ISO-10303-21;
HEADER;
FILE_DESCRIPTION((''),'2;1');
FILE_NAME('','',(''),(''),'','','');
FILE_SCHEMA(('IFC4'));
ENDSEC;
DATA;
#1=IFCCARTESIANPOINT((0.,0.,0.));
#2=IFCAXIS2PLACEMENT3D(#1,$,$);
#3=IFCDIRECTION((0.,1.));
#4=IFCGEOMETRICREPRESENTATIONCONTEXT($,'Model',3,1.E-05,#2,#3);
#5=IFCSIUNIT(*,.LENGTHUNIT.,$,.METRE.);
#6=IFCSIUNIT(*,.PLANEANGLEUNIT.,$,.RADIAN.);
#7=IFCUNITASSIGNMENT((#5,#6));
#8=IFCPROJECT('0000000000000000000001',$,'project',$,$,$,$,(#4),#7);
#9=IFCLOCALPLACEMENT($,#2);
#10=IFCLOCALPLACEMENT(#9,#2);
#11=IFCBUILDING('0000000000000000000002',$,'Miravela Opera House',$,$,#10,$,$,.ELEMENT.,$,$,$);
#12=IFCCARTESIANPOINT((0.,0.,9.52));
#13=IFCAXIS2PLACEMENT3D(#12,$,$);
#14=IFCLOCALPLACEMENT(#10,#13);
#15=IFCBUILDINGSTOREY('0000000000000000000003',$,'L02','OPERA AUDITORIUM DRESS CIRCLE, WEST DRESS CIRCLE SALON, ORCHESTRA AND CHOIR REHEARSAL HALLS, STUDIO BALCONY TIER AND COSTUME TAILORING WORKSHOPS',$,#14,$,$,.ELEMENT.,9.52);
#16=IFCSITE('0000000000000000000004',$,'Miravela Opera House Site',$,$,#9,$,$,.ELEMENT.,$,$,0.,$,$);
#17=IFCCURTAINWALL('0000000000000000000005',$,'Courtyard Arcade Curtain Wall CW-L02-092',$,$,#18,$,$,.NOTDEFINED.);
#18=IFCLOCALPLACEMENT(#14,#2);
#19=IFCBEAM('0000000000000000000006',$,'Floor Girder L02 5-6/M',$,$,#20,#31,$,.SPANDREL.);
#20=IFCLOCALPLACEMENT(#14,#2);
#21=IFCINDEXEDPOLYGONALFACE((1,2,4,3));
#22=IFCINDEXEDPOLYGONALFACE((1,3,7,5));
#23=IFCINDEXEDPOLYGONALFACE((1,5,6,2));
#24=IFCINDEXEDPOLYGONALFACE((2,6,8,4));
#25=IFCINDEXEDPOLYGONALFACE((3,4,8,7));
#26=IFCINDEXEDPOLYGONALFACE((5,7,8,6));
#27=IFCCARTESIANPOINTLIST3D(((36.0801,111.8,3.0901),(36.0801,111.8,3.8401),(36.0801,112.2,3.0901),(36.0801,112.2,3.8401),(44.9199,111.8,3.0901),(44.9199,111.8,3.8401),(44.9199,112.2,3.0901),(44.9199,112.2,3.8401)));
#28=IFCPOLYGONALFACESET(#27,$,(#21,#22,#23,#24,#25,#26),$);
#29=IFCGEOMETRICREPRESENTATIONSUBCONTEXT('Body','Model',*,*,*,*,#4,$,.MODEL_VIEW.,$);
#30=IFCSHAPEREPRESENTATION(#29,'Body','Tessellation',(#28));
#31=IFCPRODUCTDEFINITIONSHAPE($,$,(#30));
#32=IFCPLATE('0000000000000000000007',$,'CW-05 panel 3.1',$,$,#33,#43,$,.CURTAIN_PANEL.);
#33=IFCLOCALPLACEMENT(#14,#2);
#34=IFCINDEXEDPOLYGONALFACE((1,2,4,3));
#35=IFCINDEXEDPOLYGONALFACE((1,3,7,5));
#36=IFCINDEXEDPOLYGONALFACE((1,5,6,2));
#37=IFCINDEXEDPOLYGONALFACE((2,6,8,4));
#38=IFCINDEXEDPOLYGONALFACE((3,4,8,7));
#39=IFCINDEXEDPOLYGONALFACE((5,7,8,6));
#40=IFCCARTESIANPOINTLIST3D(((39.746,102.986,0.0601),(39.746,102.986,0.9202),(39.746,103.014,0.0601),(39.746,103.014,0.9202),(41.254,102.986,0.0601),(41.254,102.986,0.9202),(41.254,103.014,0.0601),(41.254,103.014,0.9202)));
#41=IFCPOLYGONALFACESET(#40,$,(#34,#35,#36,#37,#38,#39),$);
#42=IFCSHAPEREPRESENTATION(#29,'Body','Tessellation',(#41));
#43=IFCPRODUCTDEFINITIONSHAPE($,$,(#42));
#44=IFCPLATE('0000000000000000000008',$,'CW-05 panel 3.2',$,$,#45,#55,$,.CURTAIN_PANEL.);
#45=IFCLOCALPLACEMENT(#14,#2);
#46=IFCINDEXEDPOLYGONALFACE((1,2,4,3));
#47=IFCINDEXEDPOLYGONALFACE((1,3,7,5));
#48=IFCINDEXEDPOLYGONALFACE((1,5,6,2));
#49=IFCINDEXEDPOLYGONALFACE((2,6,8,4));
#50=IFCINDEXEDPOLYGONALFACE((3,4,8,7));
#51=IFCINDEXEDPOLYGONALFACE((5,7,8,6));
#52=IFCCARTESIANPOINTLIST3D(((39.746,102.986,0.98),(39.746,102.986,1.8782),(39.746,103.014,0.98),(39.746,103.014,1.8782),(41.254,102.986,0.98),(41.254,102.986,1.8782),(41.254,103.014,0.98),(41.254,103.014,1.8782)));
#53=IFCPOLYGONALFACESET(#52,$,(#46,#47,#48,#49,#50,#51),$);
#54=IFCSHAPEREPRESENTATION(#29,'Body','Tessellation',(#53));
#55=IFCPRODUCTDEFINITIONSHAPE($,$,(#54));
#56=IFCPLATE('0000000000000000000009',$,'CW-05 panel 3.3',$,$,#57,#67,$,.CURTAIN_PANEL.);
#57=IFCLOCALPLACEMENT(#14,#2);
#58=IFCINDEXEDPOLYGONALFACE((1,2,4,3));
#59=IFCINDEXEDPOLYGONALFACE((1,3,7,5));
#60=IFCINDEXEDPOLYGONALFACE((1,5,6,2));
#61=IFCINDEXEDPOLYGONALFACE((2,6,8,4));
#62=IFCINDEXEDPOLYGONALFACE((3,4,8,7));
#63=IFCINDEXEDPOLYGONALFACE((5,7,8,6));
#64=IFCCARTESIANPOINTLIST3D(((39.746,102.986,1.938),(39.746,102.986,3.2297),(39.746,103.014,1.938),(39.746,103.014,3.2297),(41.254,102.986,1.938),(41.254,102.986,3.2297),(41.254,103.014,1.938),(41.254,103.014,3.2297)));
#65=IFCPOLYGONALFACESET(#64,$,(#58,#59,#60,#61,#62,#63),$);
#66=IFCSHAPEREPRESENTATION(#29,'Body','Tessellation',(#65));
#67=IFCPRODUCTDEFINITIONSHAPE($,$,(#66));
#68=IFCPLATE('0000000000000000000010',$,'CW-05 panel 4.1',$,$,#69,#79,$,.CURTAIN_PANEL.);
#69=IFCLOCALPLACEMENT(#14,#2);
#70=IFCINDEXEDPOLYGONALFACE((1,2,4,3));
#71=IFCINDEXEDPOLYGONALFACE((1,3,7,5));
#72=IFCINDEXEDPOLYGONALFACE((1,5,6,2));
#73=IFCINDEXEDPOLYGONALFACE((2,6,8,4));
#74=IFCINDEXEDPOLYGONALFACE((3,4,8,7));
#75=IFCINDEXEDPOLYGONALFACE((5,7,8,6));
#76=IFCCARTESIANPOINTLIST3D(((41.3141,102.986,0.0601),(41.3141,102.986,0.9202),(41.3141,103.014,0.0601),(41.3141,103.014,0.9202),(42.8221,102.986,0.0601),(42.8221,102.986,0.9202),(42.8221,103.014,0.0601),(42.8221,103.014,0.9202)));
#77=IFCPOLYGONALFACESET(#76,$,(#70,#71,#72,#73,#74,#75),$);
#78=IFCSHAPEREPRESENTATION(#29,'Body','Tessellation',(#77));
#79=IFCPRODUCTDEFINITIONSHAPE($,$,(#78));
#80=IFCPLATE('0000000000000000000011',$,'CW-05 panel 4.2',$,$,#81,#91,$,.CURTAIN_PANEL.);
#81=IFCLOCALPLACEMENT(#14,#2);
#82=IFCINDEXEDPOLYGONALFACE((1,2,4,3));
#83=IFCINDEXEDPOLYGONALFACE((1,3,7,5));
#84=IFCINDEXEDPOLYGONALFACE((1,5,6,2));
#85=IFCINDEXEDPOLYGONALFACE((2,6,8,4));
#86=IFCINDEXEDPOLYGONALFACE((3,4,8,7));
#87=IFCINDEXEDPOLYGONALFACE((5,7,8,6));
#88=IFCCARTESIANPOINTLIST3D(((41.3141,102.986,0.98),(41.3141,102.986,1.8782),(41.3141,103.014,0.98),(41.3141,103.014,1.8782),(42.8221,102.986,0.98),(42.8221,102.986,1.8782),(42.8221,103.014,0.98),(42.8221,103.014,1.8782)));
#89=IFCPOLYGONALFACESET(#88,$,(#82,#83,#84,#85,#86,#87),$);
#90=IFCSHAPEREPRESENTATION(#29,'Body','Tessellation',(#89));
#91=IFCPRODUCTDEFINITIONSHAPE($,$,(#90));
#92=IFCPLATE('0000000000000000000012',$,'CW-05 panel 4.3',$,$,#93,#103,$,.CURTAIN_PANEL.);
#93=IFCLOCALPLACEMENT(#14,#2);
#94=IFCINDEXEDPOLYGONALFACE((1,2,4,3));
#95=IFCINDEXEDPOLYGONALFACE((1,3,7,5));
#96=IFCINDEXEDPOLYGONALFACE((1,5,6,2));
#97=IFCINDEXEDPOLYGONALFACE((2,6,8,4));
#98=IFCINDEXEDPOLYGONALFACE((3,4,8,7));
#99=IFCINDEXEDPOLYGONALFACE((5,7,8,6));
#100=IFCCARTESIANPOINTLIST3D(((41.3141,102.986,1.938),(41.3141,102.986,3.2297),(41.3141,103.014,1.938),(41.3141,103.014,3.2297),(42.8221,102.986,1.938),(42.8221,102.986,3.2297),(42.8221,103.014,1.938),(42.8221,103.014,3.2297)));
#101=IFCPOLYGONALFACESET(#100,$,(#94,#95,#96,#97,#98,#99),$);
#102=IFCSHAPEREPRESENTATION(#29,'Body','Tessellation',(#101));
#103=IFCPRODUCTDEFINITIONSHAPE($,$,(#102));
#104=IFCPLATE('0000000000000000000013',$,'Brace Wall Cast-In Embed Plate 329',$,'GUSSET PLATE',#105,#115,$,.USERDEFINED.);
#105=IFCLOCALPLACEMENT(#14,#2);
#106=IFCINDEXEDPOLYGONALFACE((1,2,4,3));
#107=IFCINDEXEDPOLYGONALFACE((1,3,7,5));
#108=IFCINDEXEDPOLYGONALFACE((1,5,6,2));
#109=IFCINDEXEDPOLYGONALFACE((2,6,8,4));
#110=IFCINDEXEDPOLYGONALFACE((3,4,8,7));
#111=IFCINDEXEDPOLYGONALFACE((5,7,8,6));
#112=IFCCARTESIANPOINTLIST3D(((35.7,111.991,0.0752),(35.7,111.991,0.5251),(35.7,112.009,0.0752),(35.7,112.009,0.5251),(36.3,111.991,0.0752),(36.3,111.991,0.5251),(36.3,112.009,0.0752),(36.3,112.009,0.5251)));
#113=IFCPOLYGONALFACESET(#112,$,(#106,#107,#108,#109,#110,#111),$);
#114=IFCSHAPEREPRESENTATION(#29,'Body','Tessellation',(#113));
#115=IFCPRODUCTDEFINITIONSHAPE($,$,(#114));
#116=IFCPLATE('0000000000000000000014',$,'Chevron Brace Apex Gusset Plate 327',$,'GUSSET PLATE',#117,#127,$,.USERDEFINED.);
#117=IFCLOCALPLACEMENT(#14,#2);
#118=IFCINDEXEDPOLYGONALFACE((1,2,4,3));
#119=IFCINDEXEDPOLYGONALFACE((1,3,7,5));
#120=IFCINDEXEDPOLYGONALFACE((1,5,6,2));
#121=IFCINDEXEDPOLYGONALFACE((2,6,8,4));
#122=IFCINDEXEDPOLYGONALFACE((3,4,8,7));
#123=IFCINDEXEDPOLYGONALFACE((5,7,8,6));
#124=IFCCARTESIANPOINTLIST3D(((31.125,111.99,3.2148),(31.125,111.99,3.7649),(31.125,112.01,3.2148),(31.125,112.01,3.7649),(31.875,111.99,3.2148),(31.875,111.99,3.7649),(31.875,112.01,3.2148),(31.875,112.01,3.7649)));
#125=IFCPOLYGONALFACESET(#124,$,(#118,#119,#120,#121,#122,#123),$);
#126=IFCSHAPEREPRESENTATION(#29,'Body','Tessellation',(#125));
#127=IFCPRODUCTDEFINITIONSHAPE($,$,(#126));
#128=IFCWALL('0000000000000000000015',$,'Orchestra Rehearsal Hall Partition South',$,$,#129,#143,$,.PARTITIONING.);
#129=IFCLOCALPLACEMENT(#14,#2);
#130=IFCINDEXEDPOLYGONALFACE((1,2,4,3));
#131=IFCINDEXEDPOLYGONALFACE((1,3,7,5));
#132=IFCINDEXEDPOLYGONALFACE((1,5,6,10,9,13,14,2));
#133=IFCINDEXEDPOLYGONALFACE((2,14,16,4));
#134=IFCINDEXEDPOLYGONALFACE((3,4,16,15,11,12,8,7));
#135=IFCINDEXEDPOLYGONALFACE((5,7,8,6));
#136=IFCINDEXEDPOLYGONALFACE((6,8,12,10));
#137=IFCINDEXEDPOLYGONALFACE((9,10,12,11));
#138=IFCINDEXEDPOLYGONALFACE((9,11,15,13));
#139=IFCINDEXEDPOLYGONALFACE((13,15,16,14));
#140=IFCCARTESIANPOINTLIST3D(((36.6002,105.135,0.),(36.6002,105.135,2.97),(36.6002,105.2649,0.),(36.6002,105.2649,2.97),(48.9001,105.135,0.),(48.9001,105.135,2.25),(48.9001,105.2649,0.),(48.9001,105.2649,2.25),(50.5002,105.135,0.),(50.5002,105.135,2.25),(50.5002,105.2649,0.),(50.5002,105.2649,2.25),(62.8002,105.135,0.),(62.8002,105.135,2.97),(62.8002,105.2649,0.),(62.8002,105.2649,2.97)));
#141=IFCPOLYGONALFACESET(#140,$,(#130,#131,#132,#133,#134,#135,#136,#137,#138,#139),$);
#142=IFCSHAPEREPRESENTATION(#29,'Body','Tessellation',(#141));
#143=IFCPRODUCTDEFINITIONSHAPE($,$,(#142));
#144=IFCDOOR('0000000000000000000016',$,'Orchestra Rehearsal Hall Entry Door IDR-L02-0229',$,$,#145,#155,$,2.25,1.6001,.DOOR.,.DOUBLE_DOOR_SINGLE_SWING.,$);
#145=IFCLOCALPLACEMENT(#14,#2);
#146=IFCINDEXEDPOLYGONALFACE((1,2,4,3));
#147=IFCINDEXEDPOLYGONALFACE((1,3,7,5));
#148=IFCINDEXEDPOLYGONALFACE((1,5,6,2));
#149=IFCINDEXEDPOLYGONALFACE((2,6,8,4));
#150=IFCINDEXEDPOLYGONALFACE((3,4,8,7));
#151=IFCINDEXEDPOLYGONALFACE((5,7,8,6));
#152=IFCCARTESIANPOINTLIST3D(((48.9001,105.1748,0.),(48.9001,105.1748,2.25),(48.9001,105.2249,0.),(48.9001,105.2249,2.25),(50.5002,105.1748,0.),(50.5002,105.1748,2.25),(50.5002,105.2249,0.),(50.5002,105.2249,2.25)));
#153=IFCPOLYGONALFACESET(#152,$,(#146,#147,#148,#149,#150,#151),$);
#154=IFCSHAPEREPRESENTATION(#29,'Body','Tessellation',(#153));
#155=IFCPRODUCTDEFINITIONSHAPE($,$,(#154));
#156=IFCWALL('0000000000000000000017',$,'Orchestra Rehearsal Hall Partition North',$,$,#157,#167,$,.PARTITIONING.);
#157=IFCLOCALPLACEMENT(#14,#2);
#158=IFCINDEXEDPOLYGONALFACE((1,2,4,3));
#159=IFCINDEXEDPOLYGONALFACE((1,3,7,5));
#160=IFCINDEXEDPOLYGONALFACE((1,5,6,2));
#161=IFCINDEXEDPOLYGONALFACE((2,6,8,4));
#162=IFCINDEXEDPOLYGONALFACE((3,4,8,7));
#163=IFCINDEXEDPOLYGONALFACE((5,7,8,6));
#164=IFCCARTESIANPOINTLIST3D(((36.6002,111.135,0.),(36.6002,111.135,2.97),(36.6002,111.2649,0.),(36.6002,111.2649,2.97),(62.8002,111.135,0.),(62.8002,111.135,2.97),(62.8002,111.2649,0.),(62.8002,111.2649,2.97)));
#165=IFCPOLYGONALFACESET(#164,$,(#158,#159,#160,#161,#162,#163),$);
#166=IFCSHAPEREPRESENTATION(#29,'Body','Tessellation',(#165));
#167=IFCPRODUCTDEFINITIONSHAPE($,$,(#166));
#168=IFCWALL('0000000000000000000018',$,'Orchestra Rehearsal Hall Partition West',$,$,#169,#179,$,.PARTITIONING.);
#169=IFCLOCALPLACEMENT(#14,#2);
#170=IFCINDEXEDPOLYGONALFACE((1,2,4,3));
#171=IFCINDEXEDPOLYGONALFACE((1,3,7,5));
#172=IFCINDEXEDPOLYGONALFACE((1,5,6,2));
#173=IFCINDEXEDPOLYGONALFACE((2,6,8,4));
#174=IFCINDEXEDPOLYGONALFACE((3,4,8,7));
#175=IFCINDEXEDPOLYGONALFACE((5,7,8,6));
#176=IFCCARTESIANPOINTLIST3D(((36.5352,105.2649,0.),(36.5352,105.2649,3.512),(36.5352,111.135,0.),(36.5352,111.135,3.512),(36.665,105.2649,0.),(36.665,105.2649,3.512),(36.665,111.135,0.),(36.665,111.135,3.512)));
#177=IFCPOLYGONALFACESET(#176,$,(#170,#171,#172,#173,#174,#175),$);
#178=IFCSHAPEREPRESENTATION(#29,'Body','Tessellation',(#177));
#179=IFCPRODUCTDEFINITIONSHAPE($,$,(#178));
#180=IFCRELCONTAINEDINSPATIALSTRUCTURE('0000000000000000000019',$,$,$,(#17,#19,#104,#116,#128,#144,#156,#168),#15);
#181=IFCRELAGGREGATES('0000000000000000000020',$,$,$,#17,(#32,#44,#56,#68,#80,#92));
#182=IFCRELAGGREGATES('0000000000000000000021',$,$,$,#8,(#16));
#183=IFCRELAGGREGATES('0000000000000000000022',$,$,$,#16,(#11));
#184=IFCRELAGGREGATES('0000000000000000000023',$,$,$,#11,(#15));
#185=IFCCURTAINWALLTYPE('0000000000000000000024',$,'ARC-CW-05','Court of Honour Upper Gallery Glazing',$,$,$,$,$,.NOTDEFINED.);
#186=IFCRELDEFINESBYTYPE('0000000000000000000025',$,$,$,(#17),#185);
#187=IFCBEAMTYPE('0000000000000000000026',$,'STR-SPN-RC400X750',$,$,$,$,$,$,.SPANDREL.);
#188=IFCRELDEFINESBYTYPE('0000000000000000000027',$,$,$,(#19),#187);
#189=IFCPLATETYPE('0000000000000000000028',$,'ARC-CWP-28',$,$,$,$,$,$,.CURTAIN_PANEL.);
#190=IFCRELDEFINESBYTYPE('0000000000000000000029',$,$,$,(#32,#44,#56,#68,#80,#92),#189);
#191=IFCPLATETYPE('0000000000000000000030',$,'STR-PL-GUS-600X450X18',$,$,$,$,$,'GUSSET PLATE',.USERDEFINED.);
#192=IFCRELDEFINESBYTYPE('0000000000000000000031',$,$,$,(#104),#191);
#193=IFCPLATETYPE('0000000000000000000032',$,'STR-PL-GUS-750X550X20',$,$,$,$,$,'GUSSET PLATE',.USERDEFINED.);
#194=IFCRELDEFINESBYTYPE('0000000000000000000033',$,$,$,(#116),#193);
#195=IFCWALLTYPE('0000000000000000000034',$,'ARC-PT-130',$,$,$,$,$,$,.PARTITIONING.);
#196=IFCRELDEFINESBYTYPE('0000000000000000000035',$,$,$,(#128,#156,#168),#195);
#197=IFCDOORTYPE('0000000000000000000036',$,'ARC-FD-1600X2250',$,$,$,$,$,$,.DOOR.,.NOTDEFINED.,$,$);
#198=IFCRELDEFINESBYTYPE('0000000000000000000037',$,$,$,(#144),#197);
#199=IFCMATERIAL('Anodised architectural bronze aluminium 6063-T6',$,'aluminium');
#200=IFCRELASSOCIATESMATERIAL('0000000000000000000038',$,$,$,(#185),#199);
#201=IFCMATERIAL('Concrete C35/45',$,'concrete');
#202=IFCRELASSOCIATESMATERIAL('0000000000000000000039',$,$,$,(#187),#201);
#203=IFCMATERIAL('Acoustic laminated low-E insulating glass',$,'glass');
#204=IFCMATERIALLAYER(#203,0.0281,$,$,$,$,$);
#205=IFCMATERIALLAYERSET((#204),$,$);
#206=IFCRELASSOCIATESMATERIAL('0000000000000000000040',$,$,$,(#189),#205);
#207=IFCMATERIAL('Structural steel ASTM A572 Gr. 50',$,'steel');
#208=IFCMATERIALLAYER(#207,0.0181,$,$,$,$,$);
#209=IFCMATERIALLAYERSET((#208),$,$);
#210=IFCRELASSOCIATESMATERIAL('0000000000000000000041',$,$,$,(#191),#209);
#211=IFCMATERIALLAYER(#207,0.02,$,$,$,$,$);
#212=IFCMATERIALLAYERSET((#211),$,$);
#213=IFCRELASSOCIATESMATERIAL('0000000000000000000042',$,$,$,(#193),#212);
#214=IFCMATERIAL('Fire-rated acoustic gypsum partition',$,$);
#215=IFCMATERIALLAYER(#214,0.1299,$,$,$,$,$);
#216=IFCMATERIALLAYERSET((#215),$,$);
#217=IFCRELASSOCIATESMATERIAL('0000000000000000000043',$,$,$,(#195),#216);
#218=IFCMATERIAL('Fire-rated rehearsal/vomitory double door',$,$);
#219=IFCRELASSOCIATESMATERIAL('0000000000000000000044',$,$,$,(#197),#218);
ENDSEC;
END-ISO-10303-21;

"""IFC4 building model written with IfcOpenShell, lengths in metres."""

from ifc_helpers import new_model, si_unit, direction, frame, frame_2d, origin, origin_2d, place, context, subcontext, project, spatial, rectangle, extrude, material, layer, layer_set, material_profile, profile_set, type_object, element, fill, aggregate, save


model = new_model("IFC4")

# Units and contexts
model_context = context("Model", 3, precision=1e-05, world=origin(), true_north=direction((0.0, 1.0)))
body_context = subcontext(model_context, "Body", "Model", "MODEL_VIEW")
ifc_project = project(units=[si_unit("LENGTHUNIT", "METRE"), si_unit("PLANEANGLEUNIT", "RADIAN")], contexts=[model_context])

# Site, building, storey
site_placement = place(None, origin())
site = spatial("IfcSite", under=ifc_project, at=site_placement, Name="Miravela Opera House Site", CompositionType="ELEMENT", RefElevation=0.0)
building_placement = place(site_placement, origin())
building = spatial("IfcBuilding", under=site, at=building_placement, Name="Miravela Opera House", CompositionType="ELEMENT")
storey_placement = place(building_placement, frame((0.0, 0.0, 9.52)))
storey = spatial("IfcBuildingStorey", under=building, at=storey_placement, Name="L02", Description="OPERA AUDITORIUM DRESS CIRCLE, WEST DRESS CIRCLE SALON, ORCHESTRA AND CHOIR REHEARSAL HALLS, STUDIO BALCONY TIER AND COSTUME TAILORING WORKSHOPS", CompositionType="ELEMENT", Elevation=9.52)

# Shared definitions
ifc_material_1 = material(Name="Concrete C35/45", Category="concrete")

# Curtain wall
ifc_material_2 = material(Name="Anodised architectural bronze aluminium 6063-T6", Category="aluminium")
curtain_wall_type = type_object("IfcCurtainWallType", Name="ARC-CW-05", Description="Court of Honour Upper Gallery Glazing", PredefinedType="NOTDEFINED", material=ifc_material_2)
curtain_wall_placement = place(storey_placement, origin())
curtain_wall = element("IfcCurtainWall", 1, at=curtain_wall_placement, inside=storey, type_object=curtain_wall_type, Name="Courtyard Arcade Curtain Wall CW-L02-092", PredefinedType="NOTDEFINED")

# Beam
ifc_material_profile_1 = material_profile(ifc_material_1, rectangle(XDim=0.3999, YDim=0.75, at=origin_2d()), Name="RC-SPN-400X750")
ifc_profile_set_1 = profile_set([ifc_material_profile_1])
beam_type_1 = type_object("IfcBeamType", Name="STR-SPN-RC400X750", PredefinedType="SPANDREL", material=ifc_profile_set_1)
beam_1_placement = place(storey_placement, frame((36.0801, 112.0, 3.4651), z_axis=(1.0, 0.0, 0.0), x_axis=(0.0, 1.0, 0.0)))
element("IfcBeam", 2, at=beam_1_placement, inside=storey, type_object=beam_type_1, Name="Floor Girder L02 5-6/M", PredefinedType="SPANDREL", context=body_context, shape_type="SweptSolid", body=[
    extrude(rectangle(XDim=0.3999, YDim=0.75, at=origin_2d()), origin(), (0.0, 0.0, 1.0), 8.8398),
])

# Plates
ifc_material_3 = material(Name="Acoustic laminated low-E insulating glass", Category="glass")
ifc_layer_1 = layer(ifc_material_3, 0.0281)
ifc_layer_set_1 = layer_set([ifc_layer_1])
plate_type_1 = type_object("IfcPlateType", Name="ARC-CWP-28", PredefinedType="CURTAIN_PANEL", material=ifc_layer_set_1)
plate_1_placement = place(storey_placement, frame((40.5, 103.0, 0.0601), z_axis=(0.0, 0.0, 1.0), x_axis=(1.0, 0.0, 0.0)))
plate_1 = element("IfcPlate", 3, at=plate_1_placement, type_object=plate_type_1, Name="CW-05 panel 3.1", PredefinedType="CURTAIN_PANEL", context=body_context, shape_type="SweptSolid", body=[
    extrude(rectangle(XDim=1.5081, YDim=0.0281, at=origin_2d()), origin(), (0.0, 0.0, 1.0), 0.8601),
])
plate_2_placement = place(storey_placement, frame((40.5, 103.0, 0.98), z_axis=(0.0, 0.0, 1.0), x_axis=(1.0, 0.0, 0.0)))
plate_2 = element("IfcPlate", 4, at=plate_2_placement, type_object=plate_type_1, Name="CW-05 panel 3.2", PredefinedType="CURTAIN_PANEL", context=body_context, shape_type="SweptSolid", body=[
    extrude(rectangle(XDim=1.5081, YDim=0.0281, at=origin_2d()), origin(), (0.0, 0.0, 1.0), 0.8982),
])
plate_3_placement = place(storey_placement, frame((40.5, 103.0, 1.938), z_axis=(0.0, 0.0, 1.0), x_axis=(1.0, 0.0, 0.0)))
plate_3 = element("IfcPlate", 5, at=plate_3_placement, type_object=plate_type_1, Name="CW-05 panel 3.3", PredefinedType="CURTAIN_PANEL", context=body_context, shape_type="SweptSolid", body=[
    extrude(rectangle(XDim=1.5081, YDim=0.0281, at=origin_2d()), origin(), (0.0, 0.0, 1.0), 1.2917),
])
plate_4_placement = place(storey_placement, frame((42.0681, 103.0, 0.0601), z_axis=(0.0, 0.0, 1.0), x_axis=(1.0, 0.0, 0.0)))
plate_4 = element("IfcPlate", 6, at=plate_4_placement, type_object=plate_type_1, Name="CW-05 panel 4.1", PredefinedType="CURTAIN_PANEL", context=body_context, shape_type="SweptSolid", body=[
    extrude(rectangle(XDim=1.5081, YDim=0.0281, at=origin_2d()), origin(), (0.0, 0.0, 1.0), 0.8601),
])
plate_5_placement = place(storey_placement, frame((42.0681, 103.0, 0.98), z_axis=(0.0, 0.0, 1.0), x_axis=(1.0, 0.0, 0.0)))
plate_5 = element("IfcPlate", 7, at=plate_5_placement, type_object=plate_type_1, Name="CW-05 panel 4.2", PredefinedType="CURTAIN_PANEL", context=body_context, shape_type="SweptSolid", body=[
    extrude(rectangle(XDim=1.5081, YDim=0.0281, at=origin_2d()), origin(), (0.0, 0.0, 1.0), 0.8982),
])
plate_6_placement = place(storey_placement, frame((42.0681, 103.0, 1.938), z_axis=(0.0, 0.0, 1.0), x_axis=(1.0, 0.0, 0.0)))
plate_6 = element("IfcPlate", 8, at=plate_6_placement, type_object=plate_type_1, Name="CW-05 panel 4.3", PredefinedType="CURTAIN_PANEL", context=body_context, shape_type="SweptSolid", body=[
    extrude(rectangle(XDim=1.5081, YDim=0.0281, at=origin_2d()), origin(), (0.0, 0.0, 1.0), 1.2917),
])
aggregate(curtain_wall, [plate_1, plate_2, plate_3, plate_4, plate_5, plate_6])

# Plates
ifc_material_4 = material(Name="Structural steel ASTM A572 Gr. 50", Category="steel")
ifc_layer_2 = layer(ifc_material_4, 0.0181)
ifc_layer_set_2 = layer_set([ifc_layer_2])
plate_type_2 = type_object("IfcPlateType", Name="STR-PL-GUS-600X450X18", ElementType="GUSSET PLATE", PredefinedType="USERDEFINED", material=ifc_layer_set_2)
plate_7_placement = place(storey_placement, frame((36.0, 112.0, 0.0752), z_axis=(0.0, 0.0, 1.0), x_axis=(1.0, 0.0, 0.0)))
element("IfcPlate", 9, at=plate_7_placement, inside=storey, type_object=plate_type_2, Name="Brace Wall Cast-In Embed Plate 329", ObjectType="GUSSET PLATE", PredefinedType="USERDEFINED", context=body_context, shape_type="SweptSolid", body=[
    extrude(rectangle(XDim=0.6001, YDim=0.0181, at=origin_2d()), origin(), (0.0, 0.0, 1.0), 0.45),
])
ifc_layer_3 = layer(ifc_material_4, 0.02)
ifc_layer_set_3 = layer_set([ifc_layer_3])
plate_type_3 = type_object("IfcPlateType", Name="STR-PL-GUS-750X550X20", ElementType="GUSSET PLATE", PredefinedType="USERDEFINED", material=ifc_layer_set_3)
plate_8_placement = place(storey_placement, frame((31.5, 112.0, 3.2148), z_axis=(0.0, 0.0, 1.0), x_axis=(1.0, 0.0, 0.0)))
element("IfcPlate", 10, at=plate_8_placement, inside=storey, type_object=plate_type_3, Name="Chevron Brace Apex Gusset Plate 327", ObjectType="GUSSET PLATE", PredefinedType="USERDEFINED", context=body_context, shape_type="SweptSolid", body=[
    extrude(rectangle(XDim=0.75, YDim=0.02, at=origin_2d()), origin(), (0.0, 0.0, 1.0), 0.55),
])

# Wall, opening, door
ifc_material_5 = material(Name="Fire-rated acoustic gypsum partition")
ifc_layer_4 = layer(ifc_material_5, 0.1299)
ifc_layer_set_4 = layer_set([ifc_layer_4])
wall_type = type_object("IfcWallType", Name="ARC-PT-130", PredefinedType="PARTITIONING", material=ifc_layer_set_4)
wall_1_placement = place(storey_placement, frame((36.6001, 105.2, 0.0), z_axis=(0.0, 0.0, 1.0), x_axis=(1.0, 0.0, 0.0)))
wall_1 = element("IfcWall", 11, at=wall_1_placement, inside=storey, type_object=wall_type, Name="Orchestra Rehearsal Hall Partition South", PredefinedType="PARTITIONING", context=body_context, shape_type="SweptSolid", body=[
    extrude(rectangle(XDim=26.2, YDim=0.1299, at=frame_2d((13.1001, 0.0))), origin(), (0.0, 0.0, 1.0), 2.97),
])
opening_placement = place(wall_1_placement, frame((12.3, 0.0, 0.0)))
opening = element("IfcOpeningElement", 12, at=opening_placement, cuts=wall_1, PredefinedType="OPENING", context=body_context, shape_type="SweptSolid", body=[
    extrude(rectangle(XDim=1.6001, YDim=2.25, at=frame_2d((0.8, 1.125))), frame((0.0, 0.075, 0.0), z_axis=(0.0, -1.0, 0.0), x_axis=(1.0, 0.0, 0.0)), (0.0, 0.0, 1.0), 0.1499),
])
ifc_material_6 = material(Name="Fire-rated rehearsal/vomitory double door")
door_type = type_object("IfcDoorType", Name="ARC-FD-1600X2250", OperationType="NOTDEFINED", PredefinedType="DOOR", material=ifc_material_6)
door_placement = place(opening_placement, origin())
door = element("IfcDoor", 13, at=door_placement, inside=storey, type_object=door_type, Name="Orchestra Rehearsal Hall Entry Door IDR-L02-0229", OperationType="DOUBLE_DOOR_SINGLE_SWING", OverallHeight=2.25, OverallWidth=1.6001, PredefinedType="DOOR", context=body_context, shape_type="SweptSolid", body=[
    extrude(rectangle(XDim=1.6001, YDim=2.25, at=frame_2d((0.8, 1.125))), frame((0.0, 0.0249, 0.0), z_axis=(0.0, -1.0, 0.0), x_axis=(1.0, 0.0, 0.0)), (0.0, 0.0, 1.0), 0.05),
])
fill(opening, door)

# Walls
wall_2_placement = place(storey_placement, frame((36.6001, 111.2, 0.0), z_axis=(0.0, 0.0, 1.0), x_axis=(1.0, 0.0, 0.0)))
element("IfcWall", 14, at=wall_2_placement, inside=storey, type_object=wall_type, Name="Orchestra Rehearsal Hall Partition North", PredefinedType="PARTITIONING", context=body_context, shape_type="SweptSolid", body=[
    extrude(rectangle(XDim=26.2, YDim=0.1299, at=frame_2d((13.1001, 0.0))), origin(), (0.0, 0.0, 1.0), 2.97),
])
wall_3_placement = place(storey_placement, frame((36.6001, 105.2649, 0.0), z_axis=(0.0, 0.0, 1.0), x_axis=(0.0, 1.0, 0.0)))
element("IfcWall", 15, at=wall_3_placement, inside=storey, type_object=wall_type, Name="Orchestra Rehearsal Hall Partition West", PredefinedType="PARTITIONING", context=body_context, shape_type="SweptSolid", body=[
    extrude(rectangle(XDim=5.8701, YDim=0.1299, at=frame_2d((2.9351, 0.0))), origin(), (0.0, 0.0, 1.0), 3.512),
])

save(model, "model.ifc")
